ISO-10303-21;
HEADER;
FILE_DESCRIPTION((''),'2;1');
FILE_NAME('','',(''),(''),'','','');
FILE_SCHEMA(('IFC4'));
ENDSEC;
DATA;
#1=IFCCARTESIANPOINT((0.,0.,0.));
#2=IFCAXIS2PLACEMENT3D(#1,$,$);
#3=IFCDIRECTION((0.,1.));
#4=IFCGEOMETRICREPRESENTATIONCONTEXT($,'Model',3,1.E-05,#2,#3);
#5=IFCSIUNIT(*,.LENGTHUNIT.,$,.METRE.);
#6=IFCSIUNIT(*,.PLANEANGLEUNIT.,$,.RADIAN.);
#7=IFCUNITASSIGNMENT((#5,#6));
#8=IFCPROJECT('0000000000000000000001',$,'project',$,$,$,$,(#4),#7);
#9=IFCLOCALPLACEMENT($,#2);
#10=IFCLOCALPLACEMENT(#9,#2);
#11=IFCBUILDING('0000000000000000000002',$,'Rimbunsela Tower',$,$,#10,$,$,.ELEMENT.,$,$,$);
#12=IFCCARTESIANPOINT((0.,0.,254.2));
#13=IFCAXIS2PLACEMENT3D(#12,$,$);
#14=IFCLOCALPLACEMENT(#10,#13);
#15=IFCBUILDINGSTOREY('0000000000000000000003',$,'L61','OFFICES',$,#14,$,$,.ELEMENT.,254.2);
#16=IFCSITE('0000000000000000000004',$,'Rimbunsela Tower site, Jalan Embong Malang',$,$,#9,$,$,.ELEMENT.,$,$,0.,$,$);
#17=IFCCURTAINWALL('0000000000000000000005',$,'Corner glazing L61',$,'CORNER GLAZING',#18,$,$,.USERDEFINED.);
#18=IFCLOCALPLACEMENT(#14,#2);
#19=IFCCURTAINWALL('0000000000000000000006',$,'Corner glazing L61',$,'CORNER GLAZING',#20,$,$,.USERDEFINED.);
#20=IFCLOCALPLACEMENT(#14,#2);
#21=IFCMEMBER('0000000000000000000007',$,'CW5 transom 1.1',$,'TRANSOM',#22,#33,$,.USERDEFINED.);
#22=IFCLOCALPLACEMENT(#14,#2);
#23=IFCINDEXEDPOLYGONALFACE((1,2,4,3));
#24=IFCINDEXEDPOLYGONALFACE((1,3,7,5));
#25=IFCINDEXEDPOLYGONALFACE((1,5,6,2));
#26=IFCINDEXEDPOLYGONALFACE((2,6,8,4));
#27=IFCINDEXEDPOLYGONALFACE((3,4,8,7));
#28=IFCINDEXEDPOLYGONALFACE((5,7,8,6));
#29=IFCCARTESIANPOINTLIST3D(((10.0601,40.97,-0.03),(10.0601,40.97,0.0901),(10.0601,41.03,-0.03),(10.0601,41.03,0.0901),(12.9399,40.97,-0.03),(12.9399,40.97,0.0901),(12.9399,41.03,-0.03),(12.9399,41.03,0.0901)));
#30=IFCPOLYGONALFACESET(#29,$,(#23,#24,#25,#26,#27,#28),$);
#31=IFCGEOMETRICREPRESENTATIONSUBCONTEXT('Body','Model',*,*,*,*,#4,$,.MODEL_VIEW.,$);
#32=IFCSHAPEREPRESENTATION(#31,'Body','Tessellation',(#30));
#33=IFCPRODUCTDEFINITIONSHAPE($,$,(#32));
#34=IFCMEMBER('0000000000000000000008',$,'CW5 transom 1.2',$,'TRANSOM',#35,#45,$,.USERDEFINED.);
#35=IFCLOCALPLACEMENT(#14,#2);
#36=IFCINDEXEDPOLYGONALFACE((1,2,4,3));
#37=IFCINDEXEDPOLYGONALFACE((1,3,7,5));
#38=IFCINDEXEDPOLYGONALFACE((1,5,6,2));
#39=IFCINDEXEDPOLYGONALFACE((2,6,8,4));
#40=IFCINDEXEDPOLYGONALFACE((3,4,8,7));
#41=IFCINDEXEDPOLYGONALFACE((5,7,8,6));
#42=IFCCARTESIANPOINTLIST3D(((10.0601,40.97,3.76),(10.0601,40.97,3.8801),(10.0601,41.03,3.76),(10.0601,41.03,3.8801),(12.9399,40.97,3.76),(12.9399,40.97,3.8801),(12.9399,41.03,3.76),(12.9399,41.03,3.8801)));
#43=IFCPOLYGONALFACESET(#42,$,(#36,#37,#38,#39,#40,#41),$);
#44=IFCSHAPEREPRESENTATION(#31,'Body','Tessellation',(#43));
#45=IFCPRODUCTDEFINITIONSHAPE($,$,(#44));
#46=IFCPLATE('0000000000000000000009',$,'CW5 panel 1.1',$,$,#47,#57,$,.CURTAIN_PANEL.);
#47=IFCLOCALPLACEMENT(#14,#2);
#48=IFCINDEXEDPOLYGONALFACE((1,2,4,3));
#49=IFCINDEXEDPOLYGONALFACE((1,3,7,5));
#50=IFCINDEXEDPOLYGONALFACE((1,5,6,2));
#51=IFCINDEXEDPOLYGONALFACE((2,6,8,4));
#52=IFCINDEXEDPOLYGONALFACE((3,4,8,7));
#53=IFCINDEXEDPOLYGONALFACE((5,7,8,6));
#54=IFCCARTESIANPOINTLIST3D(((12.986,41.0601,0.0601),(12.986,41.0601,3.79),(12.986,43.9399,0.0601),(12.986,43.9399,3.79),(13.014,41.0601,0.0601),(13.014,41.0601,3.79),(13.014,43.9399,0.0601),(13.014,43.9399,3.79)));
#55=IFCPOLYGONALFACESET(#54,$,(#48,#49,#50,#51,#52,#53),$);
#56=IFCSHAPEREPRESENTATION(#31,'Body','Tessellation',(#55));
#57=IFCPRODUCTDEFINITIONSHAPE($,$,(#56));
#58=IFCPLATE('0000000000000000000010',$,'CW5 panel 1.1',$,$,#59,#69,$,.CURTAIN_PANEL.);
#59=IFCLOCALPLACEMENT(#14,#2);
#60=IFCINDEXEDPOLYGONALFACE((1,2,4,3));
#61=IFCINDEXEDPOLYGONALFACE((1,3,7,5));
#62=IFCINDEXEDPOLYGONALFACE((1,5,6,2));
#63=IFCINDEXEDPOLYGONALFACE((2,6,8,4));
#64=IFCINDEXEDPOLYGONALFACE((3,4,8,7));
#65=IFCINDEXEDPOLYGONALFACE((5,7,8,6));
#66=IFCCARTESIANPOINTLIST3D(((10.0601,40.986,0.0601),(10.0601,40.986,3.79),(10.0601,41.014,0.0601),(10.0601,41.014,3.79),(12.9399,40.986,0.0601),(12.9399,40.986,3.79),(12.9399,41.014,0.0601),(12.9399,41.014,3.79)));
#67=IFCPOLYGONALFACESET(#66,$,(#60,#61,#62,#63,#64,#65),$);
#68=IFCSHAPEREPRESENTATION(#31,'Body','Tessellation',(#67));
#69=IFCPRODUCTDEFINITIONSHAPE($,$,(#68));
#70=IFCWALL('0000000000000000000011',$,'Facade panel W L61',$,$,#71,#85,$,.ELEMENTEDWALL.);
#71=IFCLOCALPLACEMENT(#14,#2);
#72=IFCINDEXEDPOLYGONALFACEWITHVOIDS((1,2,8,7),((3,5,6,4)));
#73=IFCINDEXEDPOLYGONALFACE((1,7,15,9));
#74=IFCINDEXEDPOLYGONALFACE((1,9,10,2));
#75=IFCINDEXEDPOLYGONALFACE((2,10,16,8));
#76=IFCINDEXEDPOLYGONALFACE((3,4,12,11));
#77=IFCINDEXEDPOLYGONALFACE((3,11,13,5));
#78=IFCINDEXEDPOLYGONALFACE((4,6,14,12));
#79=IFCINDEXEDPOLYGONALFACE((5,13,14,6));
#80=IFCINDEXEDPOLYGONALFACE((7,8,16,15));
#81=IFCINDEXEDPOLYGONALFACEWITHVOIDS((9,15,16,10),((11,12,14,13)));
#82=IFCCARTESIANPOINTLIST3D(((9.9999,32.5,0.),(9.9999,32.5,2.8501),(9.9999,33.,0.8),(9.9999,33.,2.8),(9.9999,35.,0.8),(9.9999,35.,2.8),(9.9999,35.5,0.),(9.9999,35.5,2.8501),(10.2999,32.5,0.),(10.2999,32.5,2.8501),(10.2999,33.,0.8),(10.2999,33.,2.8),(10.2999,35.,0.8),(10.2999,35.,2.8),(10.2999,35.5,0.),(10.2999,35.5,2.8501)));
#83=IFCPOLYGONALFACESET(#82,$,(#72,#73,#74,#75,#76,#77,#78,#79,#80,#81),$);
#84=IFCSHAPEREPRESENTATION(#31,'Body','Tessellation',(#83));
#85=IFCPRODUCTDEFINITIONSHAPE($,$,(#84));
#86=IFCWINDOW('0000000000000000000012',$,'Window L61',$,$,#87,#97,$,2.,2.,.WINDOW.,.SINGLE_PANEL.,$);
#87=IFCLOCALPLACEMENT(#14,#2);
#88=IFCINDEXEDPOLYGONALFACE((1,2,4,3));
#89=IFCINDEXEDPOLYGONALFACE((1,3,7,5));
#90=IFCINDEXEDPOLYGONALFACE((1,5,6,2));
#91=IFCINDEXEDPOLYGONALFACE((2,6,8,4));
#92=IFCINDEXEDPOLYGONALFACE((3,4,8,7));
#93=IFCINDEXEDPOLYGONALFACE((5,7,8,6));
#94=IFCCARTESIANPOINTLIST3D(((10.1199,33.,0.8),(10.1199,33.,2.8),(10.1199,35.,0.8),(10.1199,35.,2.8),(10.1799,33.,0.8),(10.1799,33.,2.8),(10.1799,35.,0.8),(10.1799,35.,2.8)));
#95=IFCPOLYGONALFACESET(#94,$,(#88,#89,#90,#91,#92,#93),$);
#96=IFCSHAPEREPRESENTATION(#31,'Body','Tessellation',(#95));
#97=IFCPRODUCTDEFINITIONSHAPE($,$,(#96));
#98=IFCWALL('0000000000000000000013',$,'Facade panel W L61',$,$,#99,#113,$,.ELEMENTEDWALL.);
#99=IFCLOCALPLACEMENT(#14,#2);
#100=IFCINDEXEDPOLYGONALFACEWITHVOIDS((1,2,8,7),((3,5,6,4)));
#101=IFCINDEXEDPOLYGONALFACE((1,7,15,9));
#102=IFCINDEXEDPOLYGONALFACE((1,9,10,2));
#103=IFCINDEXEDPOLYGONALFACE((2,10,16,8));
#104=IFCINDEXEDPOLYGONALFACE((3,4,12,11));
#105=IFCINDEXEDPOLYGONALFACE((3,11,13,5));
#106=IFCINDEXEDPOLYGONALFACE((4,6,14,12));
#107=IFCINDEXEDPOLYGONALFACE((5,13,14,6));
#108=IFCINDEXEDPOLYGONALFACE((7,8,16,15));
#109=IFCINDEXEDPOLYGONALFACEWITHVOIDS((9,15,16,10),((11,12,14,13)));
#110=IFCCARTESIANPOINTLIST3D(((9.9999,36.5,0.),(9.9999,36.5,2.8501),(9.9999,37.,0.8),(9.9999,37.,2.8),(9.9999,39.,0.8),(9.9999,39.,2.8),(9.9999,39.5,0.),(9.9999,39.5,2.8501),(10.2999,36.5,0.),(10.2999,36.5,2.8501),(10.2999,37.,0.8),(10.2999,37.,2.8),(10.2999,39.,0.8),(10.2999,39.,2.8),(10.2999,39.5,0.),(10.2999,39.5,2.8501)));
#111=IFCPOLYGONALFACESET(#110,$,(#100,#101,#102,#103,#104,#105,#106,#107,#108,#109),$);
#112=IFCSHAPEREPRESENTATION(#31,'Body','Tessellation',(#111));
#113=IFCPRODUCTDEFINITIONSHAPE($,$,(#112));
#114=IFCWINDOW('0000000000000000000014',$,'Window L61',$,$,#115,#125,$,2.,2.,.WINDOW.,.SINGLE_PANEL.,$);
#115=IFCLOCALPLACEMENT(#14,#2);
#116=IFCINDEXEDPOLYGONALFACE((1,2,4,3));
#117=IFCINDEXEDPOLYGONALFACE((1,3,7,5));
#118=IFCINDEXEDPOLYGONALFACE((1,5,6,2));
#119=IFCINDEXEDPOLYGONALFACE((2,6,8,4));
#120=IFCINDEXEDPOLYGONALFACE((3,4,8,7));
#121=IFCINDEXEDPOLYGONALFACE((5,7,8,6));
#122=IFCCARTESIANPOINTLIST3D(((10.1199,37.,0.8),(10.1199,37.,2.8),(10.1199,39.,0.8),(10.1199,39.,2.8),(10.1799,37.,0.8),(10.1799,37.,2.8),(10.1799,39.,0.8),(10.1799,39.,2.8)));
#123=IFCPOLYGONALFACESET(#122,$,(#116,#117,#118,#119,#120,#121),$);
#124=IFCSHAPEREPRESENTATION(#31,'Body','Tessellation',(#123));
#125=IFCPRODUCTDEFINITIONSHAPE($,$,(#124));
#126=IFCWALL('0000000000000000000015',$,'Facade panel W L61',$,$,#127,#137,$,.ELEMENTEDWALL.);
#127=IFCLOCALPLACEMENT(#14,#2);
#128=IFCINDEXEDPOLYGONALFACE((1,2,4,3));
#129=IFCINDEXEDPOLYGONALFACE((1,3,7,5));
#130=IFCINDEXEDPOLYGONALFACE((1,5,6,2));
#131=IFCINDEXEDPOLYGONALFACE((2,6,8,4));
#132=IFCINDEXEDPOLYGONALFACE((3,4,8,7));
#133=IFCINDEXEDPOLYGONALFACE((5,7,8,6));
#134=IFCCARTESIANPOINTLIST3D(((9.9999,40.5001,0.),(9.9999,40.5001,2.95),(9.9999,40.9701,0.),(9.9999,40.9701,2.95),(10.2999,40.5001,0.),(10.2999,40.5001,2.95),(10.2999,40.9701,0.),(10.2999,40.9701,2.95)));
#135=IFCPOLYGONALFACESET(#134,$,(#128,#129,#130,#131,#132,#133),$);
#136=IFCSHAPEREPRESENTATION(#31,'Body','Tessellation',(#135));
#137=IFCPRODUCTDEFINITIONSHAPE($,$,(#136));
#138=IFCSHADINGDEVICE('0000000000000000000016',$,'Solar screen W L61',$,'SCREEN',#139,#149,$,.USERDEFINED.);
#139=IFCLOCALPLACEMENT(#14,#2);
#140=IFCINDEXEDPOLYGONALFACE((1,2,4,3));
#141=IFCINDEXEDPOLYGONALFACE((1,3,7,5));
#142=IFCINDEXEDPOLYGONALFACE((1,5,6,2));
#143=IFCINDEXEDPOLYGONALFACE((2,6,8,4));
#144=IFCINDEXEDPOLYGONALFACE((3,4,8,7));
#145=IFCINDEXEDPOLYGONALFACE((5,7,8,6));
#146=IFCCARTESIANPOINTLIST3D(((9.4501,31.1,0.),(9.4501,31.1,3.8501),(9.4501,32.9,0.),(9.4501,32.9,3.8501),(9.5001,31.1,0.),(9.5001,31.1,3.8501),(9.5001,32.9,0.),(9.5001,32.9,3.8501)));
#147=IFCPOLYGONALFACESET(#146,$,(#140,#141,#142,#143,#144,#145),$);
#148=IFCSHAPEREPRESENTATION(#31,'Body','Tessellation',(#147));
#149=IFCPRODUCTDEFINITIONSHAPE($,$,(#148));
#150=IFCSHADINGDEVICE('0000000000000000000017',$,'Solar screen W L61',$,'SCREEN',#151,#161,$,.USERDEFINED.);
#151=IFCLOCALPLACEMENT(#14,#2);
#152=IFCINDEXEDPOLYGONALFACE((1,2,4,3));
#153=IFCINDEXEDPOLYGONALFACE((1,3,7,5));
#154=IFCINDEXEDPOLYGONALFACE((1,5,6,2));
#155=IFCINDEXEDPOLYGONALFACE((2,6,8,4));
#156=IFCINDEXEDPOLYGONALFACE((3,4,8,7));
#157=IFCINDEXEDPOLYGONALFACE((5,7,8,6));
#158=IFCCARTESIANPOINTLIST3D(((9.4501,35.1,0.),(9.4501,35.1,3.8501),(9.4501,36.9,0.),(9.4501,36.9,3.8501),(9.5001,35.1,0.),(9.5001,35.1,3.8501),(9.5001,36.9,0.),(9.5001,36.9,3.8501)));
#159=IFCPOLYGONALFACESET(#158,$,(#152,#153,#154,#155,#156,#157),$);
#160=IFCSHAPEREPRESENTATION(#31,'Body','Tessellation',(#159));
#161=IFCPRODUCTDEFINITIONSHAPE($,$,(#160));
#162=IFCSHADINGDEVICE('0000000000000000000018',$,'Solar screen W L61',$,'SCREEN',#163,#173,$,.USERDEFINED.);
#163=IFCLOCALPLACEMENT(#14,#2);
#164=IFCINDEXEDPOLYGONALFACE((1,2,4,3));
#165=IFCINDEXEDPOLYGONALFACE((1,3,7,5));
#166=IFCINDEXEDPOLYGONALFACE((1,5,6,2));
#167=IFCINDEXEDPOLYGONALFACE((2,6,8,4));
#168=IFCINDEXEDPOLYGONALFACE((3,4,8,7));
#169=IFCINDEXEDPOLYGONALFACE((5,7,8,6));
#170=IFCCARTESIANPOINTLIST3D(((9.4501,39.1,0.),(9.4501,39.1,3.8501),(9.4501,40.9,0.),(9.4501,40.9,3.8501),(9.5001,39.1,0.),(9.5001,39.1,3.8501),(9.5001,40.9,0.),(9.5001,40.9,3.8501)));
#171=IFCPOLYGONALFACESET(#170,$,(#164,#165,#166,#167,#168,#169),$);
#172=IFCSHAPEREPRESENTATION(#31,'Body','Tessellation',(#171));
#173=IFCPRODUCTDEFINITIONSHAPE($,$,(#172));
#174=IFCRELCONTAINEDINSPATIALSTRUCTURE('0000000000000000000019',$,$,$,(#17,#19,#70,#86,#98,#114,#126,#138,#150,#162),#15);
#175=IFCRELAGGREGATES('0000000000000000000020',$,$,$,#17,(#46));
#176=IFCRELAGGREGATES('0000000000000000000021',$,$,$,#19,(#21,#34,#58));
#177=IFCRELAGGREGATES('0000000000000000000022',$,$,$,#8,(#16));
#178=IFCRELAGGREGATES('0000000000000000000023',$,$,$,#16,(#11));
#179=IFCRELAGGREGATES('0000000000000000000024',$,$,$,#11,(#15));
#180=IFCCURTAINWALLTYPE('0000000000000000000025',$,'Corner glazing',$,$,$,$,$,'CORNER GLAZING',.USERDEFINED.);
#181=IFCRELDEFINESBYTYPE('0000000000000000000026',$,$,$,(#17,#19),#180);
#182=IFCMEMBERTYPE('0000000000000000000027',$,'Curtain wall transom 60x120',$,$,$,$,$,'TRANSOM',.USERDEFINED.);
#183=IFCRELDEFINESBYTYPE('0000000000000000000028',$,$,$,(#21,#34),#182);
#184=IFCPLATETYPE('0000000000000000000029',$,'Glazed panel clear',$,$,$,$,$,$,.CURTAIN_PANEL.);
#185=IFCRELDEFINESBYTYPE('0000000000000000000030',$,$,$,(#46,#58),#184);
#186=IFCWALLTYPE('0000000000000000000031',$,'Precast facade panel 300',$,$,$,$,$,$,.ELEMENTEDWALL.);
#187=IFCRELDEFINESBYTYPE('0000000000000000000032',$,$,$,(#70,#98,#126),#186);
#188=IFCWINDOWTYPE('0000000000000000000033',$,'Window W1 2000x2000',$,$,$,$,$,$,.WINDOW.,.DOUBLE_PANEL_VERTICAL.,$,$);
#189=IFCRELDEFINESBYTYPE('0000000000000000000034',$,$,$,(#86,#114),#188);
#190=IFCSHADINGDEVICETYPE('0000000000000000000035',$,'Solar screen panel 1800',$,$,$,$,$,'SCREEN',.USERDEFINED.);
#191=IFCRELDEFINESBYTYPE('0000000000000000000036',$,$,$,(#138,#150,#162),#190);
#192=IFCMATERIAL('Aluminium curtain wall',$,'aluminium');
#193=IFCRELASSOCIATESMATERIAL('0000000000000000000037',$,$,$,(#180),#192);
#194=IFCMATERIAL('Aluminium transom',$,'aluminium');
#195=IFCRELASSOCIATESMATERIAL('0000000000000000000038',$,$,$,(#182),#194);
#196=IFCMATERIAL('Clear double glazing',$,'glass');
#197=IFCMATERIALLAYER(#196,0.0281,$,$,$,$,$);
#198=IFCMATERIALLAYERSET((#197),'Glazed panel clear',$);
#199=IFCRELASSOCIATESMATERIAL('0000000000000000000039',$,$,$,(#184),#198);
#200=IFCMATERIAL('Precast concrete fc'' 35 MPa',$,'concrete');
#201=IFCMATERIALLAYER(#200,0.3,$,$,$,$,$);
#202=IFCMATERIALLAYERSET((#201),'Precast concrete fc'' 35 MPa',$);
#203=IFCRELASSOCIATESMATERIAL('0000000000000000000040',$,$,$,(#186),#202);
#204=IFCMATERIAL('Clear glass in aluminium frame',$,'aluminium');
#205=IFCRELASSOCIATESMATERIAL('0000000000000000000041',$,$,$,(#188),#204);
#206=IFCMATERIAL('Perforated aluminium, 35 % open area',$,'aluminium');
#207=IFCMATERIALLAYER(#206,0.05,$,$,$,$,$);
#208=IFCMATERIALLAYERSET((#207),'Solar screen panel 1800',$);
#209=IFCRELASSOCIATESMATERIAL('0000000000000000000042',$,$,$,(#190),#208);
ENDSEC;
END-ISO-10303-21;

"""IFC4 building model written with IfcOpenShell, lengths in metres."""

from ifc_helpers import new_model, si_unit, direction, frame, frame_2d, origin, origin_2d, place, context, subcontext, project, spatial, rectangle, extrude, material, layer, layer_set, material_profile, profile_set, type_object, element, fill, aggregate, save


model = new_model("IFC4")

# Units and contexts
model_context = context("Model", 3, precision=1e-05, world=origin(), true_north=direction((0.0, 1.0)))
body_context = subcontext(model_context, "Body", "Model", "MODEL_VIEW")
ifc_project = project(units=[si_unit("LENGTHUNIT", "METRE"), si_unit("PLANEANGLEUNIT", "RADIAN")], contexts=[model_context])

# Site, building, storey
site_placement = place(None, origin())
site = spatial("IfcSite", under=ifc_project, at=site_placement, Name="Rimbunsela Tower site, Jalan Embong Malang", CompositionType="ELEMENT", RefElevation=0.0)
building_placement = place(site_placement, origin())
building = spatial("IfcBuilding", under=site, at=building_placement, Name="Rimbunsela Tower", CompositionType="ELEMENT")
storey_placement = place(building_placement, frame((0.0, 0.0, 254.2)))
storey = spatial("IfcBuildingStorey", under=building, at=storey_placement, Name="L61", Description="OFFICES", CompositionType="ELEMENT", Elevation=254.2)

# Curtain wall
ifc_material_1 = material(Name="Aluminium curtain wall", Category="aluminium")
curtain_wall_type = type_object("IfcCurtainWallType", Name="Corner glazing", ElementType="CORNER GLAZING", PredefinedType="USERDEFINED", material=ifc_material_1)
curtain_wall_1_placement = place(storey_placement, origin())
curtain_wall_1 = element("IfcCurtainWall", 1, at=curtain_wall_1_placement, inside=storey, type_object=curtain_wall_type, Name="Corner glazing L61", ObjectType="CORNER GLAZING", PredefinedType="USERDEFINED")

# Curtain wall
curtain_wall_2_placement = place(storey_placement, origin())
curtain_wall_2 = element("IfcCurtainWall", 2, at=curtain_wall_2_placement, inside=storey, type_object=curtain_wall_type, Name="Corner glazing L61", ObjectType="CORNER GLAZING", PredefinedType="USERDEFINED")

# Members
ifc_material_2 = material(Name="Aluminium transom", Category="aluminium")
ifc_material_profile_1 = material_profile(ifc_material_2, rectangle(XDim=0.0601, YDim=0.1201, at=origin_2d()), Name="Transom 60x120")
ifc_profile_set_1 = profile_set([ifc_material_profile_1], Name="Aluminium transom")
member_type_1 = type_object("IfcMemberType", Name="Curtain wall transom 60x120", ElementType="TRANSOM", PredefinedType="USERDEFINED", material=ifc_profile_set_1)
member_1_placement = place(storey_placement, frame((12.9399, 41.0, 0.03), z_axis=(-1.0, 0.0, 0.0), x_axis=(0.0, -1.0, 0.0)))
member_1 = element("IfcMember", 3, at=member_1_placement, type_object=member_type_1, Name="CW5 transom 1.1", ObjectType="TRANSOM", PredefinedType="USERDEFINED", context=body_context, shape_type="SweptSolid", body=[
    extrude(rectangle(XDim=0.0601, YDim=0.1201, at=origin_2d()), origin(), (0.0, 0.0, 1.0), 2.8799),
])
member_2_placement = place(storey_placement, frame((12.9399, 41.0, 3.8201), z_axis=(-1.0, 0.0, 0.0), x_axis=(0.0, -1.0, 0.0)))
member_2 = element("IfcMember", 4, at=member_2_placement, type_object=member_type_1, Name="CW5 transom 1.2", ObjectType="TRANSOM", PredefinedType="USERDEFINED", context=body_context, shape_type="SweptSolid", body=[
    extrude(rectangle(XDim=0.0601, YDim=0.1201, at=origin_2d()), origin(), (0.0, 0.0, 1.0), 2.8799),
])

# Plates
ifc_material_3 = material(Name="Clear double glazing", Category="glass")
ifc_layer_1 = layer(ifc_material_3, 0.0281)
ifc_layer_set_1 = layer_set([ifc_layer_1], Name="Glazed panel clear")
plate_type = type_object("IfcPlateType", Name="Glazed panel clear", PredefinedType="CURTAIN_PANEL", material=ifc_layer_set_1)
plate_1_placement = place(storey_placement, frame((13.0, 42.5, 0.0601), z_axis=(0.0, 0.0, 1.0), x_axis=(0.0, -1.0, 0.0)))
plate_1 = element("IfcPlate", 5, at=plate_1_placement, type_object=plate_type, Name="CW5 panel 1.1", PredefinedType="CURTAIN_PANEL", context=body_context, shape_type="SweptSolid", body=[
    extrude(rectangle(XDim=2.8799, YDim=0.0281, at=origin_2d()), origin(), (0.0, 0.0, 1.0), 3.73),
])
aggregate(curtain_wall_1, [plate_1])
plate_2_placement = place(storey_placement, frame((11.5, 41.0, 0.0601), z_axis=(0.0, 0.0, 1.0), x_axis=(-1.0, 0.0, 0.0)))
plate_2 = element("IfcPlate", 6, at=plate_2_placement, type_object=plate_type, Name="CW5 panel 1.1", PredefinedType="CURTAIN_PANEL", context=body_context, shape_type="SweptSolid", body=[
    extrude(rectangle(XDim=2.8799, YDim=0.0281, at=origin_2d()), origin(), (0.0, 0.0, 1.0), 3.73),
])
aggregate(curtain_wall_2, [member_1, member_2, plate_2])

# Walls, openings, windows
ifc_material_4 = material(Name="Precast concrete fc' 35 MPa", Category="concrete")
ifc_layer_2 = layer(ifc_material_4, 0.3)
ifc_layer_set_2 = layer_set([ifc_layer_2], Name="Precast concrete fc' 35 MPa")
wall_type = type_object("IfcWallType", Name="Precast facade panel 300", PredefinedType="ELEMENTEDWALL", material=ifc_layer_set_2)
wall_1_placement = place(storey_placement, frame((10.1499, 35.5, 0.0), z_axis=(0.0, 0.0, 1.0), x_axis=(0.0, -1.0, 0.0)))
wall_1 = element("IfcWall", 7, at=wall_1_placement, inside=storey, type_object=wall_type, Name="Facade panel W L61", PredefinedType="ELEMENTEDWALL", context=body_context, shape_type="SweptSolid", body=[
    extrude(rectangle(XDim=3.0, YDim=0.3, at=frame_2d((1.5, 0.0))), origin(), (0.0, 0.0, 1.0), 2.8501),
])
opening_1_placement = place(wall_1_placement, frame((0.5, 0.0, 0.8)))
opening_1 = element("IfcOpeningElement", 8, at=opening_1_placement, cuts=wall_1, PredefinedType="OPENING", context=body_context, shape_type="SweptSolid", body=[
    extrude(rectangle(XDim=2.0, YDim=2.0, at=frame_2d((1.0, 1.0))), frame((0.0, 0.1599, 0.0), z_axis=(0.0, -1.0, 0.0), x_axis=(1.0, 0.0, 0.0)), (0.0, 0.0, 1.0), 0.3201),
])
ifc_material_5 = material(Name="Clear glass in aluminium frame", Category="aluminium")
window_type = type_object("IfcWindowType", Name="Window W1 2000x2000", PartitioningType="DOUBLE_PANEL_VERTICAL", PredefinedType="WINDOW", material=ifc_material_5)
window_1_placement = place(opening_1_placement, origin())
window_1 = element("IfcWindow", 9, at=window_1_placement, inside=storey, type_object=window_type, Name="Window L61", OverallHeight=2.0, OverallWidth=2.0, PartitioningType="SINGLE_PANEL", PredefinedType="WINDOW", context=body_context, shape_type="SweptSolid", body=[
    extrude(rectangle(XDim=2.0, YDim=2.0, at=frame_2d((1.0, 1.0))), frame((0.0, 0.03, 0.0), z_axis=(0.0, -1.0, 0.0), x_axis=(1.0, 0.0, 0.0)), (0.0, 0.0, 1.0), 0.0601),
])
fill(opening_1, window_1)
wall_2_placement = place(storey_placement, frame((10.1499, 39.5, 0.0), z_axis=(0.0, 0.0, 1.0), x_axis=(0.0, -1.0, 0.0)))
wall_2 = element("IfcWall", 10, at=wall_2_placement, inside=storey, type_object=wall_type, Name="Facade panel W L61", PredefinedType="ELEMENTEDWALL", context=body_context, shape_type="SweptSolid", body=[
    extrude(rectangle(XDim=3.0, YDim=0.3, at=frame_2d((1.5, 0.0))), origin(), (0.0, 0.0, 1.0), 2.8501),
])
opening_2_placement = place(wall_2_placement, frame((0.5, 0.0, 0.8)))
opening_2 = element("IfcOpeningElement", 11, at=opening_2_placement, cuts=wall_2, PredefinedType="OPENING", context=body_context, shape_type="SweptSolid", body=[
    extrude(rectangle(XDim=2.0, YDim=2.0, at=frame_2d((1.0, 1.0))), frame((0.0, 0.1599, 0.0), z_axis=(0.0, -1.0, 0.0), x_axis=(1.0, 0.0, 0.0)), (0.0, 0.0, 1.0), 0.3201),
])
window_2_placement = place(opening_2_placement, origin())
window_2 = element("IfcWindow", 12, at=window_2_placement, inside=storey, type_object=window_type, Name="Window L61", OverallHeight=2.0, OverallWidth=2.0, PartitioningType="SINGLE_PANEL", PredefinedType="WINDOW", context=body_context, shape_type="SweptSolid", body=[
    extrude(rectangle(XDim=2.0, YDim=2.0, at=frame_2d((1.0, 1.0))), frame((0.0, 0.03, 0.0), z_axis=(0.0, -1.0, 0.0), x_axis=(1.0, 0.0, 0.0)), (0.0, 0.0, 1.0), 0.0601),
])
fill(opening_2, window_2)

# Wall
wall_3_placement = place(storey_placement, frame((10.1499, 40.97, 0.0), z_axis=(0.0, 0.0, 1.0), x_axis=(0.0, -1.0, 0.0)))
element("IfcWall", 13, at=wall_3_placement, inside=storey, type_object=wall_type, Name="Facade panel W L61", PredefinedType="ELEMENTEDWALL", context=body_context, shape_type="SweptSolid", body=[
    extrude(rectangle(XDim=0.47, YDim=0.3, at=frame_2d((0.2349, 0.0))), origin(), (0.0, 0.0, 1.0), 2.95),
])

# Shading devices
ifc_material_6 = material(Name="Perforated aluminium, 35 % open area", Category="aluminium")
ifc_layer_3 = layer(ifc_material_6, 0.05)
ifc_layer_set_3 = layer_set([ifc_layer_3], Name="Solar screen panel 1800")
shading_device_type = type_object("IfcShadingDeviceType", Name="Solar screen panel 1800", ElementType="SCREEN", PredefinedType="USERDEFINED", material=ifc_layer_set_3)
for number, where, z_axis, x_axis, name in (
    (14, (9.4751, 32.0, 0.0), (0.0, 0.0, 1.0), (0.0, 1.0, 0.0), "Solar screen W L61"),
    (15, (9.4751, 36.0, 0.0), (0.0, 0.0, 1.0), (0.0, 1.0, 0.0), "Solar screen W L61"),
    (16, (9.4751, 40.0, 0.0), (0.0, 0.0, 1.0), (0.0, 1.0, 0.0), "Solar screen W L61"),
):
    element("IfcShadingDevice", number, at=place(storey_placement, frame(where, z_axis=z_axis, x_axis=x_axis)), inside=storey, type_object=shading_device_type, Name=name, ObjectType="SCREEN", PredefinedType="USERDEFINED", context=body_context, shape_type="SweptSolid", body=[
        extrude(rectangle(XDim=1.8, YDim=0.05, at=origin_2d()), origin(), (0.0, 0.0, 1.0), 3.8501),
    ])

save(model, "model.ifc")
